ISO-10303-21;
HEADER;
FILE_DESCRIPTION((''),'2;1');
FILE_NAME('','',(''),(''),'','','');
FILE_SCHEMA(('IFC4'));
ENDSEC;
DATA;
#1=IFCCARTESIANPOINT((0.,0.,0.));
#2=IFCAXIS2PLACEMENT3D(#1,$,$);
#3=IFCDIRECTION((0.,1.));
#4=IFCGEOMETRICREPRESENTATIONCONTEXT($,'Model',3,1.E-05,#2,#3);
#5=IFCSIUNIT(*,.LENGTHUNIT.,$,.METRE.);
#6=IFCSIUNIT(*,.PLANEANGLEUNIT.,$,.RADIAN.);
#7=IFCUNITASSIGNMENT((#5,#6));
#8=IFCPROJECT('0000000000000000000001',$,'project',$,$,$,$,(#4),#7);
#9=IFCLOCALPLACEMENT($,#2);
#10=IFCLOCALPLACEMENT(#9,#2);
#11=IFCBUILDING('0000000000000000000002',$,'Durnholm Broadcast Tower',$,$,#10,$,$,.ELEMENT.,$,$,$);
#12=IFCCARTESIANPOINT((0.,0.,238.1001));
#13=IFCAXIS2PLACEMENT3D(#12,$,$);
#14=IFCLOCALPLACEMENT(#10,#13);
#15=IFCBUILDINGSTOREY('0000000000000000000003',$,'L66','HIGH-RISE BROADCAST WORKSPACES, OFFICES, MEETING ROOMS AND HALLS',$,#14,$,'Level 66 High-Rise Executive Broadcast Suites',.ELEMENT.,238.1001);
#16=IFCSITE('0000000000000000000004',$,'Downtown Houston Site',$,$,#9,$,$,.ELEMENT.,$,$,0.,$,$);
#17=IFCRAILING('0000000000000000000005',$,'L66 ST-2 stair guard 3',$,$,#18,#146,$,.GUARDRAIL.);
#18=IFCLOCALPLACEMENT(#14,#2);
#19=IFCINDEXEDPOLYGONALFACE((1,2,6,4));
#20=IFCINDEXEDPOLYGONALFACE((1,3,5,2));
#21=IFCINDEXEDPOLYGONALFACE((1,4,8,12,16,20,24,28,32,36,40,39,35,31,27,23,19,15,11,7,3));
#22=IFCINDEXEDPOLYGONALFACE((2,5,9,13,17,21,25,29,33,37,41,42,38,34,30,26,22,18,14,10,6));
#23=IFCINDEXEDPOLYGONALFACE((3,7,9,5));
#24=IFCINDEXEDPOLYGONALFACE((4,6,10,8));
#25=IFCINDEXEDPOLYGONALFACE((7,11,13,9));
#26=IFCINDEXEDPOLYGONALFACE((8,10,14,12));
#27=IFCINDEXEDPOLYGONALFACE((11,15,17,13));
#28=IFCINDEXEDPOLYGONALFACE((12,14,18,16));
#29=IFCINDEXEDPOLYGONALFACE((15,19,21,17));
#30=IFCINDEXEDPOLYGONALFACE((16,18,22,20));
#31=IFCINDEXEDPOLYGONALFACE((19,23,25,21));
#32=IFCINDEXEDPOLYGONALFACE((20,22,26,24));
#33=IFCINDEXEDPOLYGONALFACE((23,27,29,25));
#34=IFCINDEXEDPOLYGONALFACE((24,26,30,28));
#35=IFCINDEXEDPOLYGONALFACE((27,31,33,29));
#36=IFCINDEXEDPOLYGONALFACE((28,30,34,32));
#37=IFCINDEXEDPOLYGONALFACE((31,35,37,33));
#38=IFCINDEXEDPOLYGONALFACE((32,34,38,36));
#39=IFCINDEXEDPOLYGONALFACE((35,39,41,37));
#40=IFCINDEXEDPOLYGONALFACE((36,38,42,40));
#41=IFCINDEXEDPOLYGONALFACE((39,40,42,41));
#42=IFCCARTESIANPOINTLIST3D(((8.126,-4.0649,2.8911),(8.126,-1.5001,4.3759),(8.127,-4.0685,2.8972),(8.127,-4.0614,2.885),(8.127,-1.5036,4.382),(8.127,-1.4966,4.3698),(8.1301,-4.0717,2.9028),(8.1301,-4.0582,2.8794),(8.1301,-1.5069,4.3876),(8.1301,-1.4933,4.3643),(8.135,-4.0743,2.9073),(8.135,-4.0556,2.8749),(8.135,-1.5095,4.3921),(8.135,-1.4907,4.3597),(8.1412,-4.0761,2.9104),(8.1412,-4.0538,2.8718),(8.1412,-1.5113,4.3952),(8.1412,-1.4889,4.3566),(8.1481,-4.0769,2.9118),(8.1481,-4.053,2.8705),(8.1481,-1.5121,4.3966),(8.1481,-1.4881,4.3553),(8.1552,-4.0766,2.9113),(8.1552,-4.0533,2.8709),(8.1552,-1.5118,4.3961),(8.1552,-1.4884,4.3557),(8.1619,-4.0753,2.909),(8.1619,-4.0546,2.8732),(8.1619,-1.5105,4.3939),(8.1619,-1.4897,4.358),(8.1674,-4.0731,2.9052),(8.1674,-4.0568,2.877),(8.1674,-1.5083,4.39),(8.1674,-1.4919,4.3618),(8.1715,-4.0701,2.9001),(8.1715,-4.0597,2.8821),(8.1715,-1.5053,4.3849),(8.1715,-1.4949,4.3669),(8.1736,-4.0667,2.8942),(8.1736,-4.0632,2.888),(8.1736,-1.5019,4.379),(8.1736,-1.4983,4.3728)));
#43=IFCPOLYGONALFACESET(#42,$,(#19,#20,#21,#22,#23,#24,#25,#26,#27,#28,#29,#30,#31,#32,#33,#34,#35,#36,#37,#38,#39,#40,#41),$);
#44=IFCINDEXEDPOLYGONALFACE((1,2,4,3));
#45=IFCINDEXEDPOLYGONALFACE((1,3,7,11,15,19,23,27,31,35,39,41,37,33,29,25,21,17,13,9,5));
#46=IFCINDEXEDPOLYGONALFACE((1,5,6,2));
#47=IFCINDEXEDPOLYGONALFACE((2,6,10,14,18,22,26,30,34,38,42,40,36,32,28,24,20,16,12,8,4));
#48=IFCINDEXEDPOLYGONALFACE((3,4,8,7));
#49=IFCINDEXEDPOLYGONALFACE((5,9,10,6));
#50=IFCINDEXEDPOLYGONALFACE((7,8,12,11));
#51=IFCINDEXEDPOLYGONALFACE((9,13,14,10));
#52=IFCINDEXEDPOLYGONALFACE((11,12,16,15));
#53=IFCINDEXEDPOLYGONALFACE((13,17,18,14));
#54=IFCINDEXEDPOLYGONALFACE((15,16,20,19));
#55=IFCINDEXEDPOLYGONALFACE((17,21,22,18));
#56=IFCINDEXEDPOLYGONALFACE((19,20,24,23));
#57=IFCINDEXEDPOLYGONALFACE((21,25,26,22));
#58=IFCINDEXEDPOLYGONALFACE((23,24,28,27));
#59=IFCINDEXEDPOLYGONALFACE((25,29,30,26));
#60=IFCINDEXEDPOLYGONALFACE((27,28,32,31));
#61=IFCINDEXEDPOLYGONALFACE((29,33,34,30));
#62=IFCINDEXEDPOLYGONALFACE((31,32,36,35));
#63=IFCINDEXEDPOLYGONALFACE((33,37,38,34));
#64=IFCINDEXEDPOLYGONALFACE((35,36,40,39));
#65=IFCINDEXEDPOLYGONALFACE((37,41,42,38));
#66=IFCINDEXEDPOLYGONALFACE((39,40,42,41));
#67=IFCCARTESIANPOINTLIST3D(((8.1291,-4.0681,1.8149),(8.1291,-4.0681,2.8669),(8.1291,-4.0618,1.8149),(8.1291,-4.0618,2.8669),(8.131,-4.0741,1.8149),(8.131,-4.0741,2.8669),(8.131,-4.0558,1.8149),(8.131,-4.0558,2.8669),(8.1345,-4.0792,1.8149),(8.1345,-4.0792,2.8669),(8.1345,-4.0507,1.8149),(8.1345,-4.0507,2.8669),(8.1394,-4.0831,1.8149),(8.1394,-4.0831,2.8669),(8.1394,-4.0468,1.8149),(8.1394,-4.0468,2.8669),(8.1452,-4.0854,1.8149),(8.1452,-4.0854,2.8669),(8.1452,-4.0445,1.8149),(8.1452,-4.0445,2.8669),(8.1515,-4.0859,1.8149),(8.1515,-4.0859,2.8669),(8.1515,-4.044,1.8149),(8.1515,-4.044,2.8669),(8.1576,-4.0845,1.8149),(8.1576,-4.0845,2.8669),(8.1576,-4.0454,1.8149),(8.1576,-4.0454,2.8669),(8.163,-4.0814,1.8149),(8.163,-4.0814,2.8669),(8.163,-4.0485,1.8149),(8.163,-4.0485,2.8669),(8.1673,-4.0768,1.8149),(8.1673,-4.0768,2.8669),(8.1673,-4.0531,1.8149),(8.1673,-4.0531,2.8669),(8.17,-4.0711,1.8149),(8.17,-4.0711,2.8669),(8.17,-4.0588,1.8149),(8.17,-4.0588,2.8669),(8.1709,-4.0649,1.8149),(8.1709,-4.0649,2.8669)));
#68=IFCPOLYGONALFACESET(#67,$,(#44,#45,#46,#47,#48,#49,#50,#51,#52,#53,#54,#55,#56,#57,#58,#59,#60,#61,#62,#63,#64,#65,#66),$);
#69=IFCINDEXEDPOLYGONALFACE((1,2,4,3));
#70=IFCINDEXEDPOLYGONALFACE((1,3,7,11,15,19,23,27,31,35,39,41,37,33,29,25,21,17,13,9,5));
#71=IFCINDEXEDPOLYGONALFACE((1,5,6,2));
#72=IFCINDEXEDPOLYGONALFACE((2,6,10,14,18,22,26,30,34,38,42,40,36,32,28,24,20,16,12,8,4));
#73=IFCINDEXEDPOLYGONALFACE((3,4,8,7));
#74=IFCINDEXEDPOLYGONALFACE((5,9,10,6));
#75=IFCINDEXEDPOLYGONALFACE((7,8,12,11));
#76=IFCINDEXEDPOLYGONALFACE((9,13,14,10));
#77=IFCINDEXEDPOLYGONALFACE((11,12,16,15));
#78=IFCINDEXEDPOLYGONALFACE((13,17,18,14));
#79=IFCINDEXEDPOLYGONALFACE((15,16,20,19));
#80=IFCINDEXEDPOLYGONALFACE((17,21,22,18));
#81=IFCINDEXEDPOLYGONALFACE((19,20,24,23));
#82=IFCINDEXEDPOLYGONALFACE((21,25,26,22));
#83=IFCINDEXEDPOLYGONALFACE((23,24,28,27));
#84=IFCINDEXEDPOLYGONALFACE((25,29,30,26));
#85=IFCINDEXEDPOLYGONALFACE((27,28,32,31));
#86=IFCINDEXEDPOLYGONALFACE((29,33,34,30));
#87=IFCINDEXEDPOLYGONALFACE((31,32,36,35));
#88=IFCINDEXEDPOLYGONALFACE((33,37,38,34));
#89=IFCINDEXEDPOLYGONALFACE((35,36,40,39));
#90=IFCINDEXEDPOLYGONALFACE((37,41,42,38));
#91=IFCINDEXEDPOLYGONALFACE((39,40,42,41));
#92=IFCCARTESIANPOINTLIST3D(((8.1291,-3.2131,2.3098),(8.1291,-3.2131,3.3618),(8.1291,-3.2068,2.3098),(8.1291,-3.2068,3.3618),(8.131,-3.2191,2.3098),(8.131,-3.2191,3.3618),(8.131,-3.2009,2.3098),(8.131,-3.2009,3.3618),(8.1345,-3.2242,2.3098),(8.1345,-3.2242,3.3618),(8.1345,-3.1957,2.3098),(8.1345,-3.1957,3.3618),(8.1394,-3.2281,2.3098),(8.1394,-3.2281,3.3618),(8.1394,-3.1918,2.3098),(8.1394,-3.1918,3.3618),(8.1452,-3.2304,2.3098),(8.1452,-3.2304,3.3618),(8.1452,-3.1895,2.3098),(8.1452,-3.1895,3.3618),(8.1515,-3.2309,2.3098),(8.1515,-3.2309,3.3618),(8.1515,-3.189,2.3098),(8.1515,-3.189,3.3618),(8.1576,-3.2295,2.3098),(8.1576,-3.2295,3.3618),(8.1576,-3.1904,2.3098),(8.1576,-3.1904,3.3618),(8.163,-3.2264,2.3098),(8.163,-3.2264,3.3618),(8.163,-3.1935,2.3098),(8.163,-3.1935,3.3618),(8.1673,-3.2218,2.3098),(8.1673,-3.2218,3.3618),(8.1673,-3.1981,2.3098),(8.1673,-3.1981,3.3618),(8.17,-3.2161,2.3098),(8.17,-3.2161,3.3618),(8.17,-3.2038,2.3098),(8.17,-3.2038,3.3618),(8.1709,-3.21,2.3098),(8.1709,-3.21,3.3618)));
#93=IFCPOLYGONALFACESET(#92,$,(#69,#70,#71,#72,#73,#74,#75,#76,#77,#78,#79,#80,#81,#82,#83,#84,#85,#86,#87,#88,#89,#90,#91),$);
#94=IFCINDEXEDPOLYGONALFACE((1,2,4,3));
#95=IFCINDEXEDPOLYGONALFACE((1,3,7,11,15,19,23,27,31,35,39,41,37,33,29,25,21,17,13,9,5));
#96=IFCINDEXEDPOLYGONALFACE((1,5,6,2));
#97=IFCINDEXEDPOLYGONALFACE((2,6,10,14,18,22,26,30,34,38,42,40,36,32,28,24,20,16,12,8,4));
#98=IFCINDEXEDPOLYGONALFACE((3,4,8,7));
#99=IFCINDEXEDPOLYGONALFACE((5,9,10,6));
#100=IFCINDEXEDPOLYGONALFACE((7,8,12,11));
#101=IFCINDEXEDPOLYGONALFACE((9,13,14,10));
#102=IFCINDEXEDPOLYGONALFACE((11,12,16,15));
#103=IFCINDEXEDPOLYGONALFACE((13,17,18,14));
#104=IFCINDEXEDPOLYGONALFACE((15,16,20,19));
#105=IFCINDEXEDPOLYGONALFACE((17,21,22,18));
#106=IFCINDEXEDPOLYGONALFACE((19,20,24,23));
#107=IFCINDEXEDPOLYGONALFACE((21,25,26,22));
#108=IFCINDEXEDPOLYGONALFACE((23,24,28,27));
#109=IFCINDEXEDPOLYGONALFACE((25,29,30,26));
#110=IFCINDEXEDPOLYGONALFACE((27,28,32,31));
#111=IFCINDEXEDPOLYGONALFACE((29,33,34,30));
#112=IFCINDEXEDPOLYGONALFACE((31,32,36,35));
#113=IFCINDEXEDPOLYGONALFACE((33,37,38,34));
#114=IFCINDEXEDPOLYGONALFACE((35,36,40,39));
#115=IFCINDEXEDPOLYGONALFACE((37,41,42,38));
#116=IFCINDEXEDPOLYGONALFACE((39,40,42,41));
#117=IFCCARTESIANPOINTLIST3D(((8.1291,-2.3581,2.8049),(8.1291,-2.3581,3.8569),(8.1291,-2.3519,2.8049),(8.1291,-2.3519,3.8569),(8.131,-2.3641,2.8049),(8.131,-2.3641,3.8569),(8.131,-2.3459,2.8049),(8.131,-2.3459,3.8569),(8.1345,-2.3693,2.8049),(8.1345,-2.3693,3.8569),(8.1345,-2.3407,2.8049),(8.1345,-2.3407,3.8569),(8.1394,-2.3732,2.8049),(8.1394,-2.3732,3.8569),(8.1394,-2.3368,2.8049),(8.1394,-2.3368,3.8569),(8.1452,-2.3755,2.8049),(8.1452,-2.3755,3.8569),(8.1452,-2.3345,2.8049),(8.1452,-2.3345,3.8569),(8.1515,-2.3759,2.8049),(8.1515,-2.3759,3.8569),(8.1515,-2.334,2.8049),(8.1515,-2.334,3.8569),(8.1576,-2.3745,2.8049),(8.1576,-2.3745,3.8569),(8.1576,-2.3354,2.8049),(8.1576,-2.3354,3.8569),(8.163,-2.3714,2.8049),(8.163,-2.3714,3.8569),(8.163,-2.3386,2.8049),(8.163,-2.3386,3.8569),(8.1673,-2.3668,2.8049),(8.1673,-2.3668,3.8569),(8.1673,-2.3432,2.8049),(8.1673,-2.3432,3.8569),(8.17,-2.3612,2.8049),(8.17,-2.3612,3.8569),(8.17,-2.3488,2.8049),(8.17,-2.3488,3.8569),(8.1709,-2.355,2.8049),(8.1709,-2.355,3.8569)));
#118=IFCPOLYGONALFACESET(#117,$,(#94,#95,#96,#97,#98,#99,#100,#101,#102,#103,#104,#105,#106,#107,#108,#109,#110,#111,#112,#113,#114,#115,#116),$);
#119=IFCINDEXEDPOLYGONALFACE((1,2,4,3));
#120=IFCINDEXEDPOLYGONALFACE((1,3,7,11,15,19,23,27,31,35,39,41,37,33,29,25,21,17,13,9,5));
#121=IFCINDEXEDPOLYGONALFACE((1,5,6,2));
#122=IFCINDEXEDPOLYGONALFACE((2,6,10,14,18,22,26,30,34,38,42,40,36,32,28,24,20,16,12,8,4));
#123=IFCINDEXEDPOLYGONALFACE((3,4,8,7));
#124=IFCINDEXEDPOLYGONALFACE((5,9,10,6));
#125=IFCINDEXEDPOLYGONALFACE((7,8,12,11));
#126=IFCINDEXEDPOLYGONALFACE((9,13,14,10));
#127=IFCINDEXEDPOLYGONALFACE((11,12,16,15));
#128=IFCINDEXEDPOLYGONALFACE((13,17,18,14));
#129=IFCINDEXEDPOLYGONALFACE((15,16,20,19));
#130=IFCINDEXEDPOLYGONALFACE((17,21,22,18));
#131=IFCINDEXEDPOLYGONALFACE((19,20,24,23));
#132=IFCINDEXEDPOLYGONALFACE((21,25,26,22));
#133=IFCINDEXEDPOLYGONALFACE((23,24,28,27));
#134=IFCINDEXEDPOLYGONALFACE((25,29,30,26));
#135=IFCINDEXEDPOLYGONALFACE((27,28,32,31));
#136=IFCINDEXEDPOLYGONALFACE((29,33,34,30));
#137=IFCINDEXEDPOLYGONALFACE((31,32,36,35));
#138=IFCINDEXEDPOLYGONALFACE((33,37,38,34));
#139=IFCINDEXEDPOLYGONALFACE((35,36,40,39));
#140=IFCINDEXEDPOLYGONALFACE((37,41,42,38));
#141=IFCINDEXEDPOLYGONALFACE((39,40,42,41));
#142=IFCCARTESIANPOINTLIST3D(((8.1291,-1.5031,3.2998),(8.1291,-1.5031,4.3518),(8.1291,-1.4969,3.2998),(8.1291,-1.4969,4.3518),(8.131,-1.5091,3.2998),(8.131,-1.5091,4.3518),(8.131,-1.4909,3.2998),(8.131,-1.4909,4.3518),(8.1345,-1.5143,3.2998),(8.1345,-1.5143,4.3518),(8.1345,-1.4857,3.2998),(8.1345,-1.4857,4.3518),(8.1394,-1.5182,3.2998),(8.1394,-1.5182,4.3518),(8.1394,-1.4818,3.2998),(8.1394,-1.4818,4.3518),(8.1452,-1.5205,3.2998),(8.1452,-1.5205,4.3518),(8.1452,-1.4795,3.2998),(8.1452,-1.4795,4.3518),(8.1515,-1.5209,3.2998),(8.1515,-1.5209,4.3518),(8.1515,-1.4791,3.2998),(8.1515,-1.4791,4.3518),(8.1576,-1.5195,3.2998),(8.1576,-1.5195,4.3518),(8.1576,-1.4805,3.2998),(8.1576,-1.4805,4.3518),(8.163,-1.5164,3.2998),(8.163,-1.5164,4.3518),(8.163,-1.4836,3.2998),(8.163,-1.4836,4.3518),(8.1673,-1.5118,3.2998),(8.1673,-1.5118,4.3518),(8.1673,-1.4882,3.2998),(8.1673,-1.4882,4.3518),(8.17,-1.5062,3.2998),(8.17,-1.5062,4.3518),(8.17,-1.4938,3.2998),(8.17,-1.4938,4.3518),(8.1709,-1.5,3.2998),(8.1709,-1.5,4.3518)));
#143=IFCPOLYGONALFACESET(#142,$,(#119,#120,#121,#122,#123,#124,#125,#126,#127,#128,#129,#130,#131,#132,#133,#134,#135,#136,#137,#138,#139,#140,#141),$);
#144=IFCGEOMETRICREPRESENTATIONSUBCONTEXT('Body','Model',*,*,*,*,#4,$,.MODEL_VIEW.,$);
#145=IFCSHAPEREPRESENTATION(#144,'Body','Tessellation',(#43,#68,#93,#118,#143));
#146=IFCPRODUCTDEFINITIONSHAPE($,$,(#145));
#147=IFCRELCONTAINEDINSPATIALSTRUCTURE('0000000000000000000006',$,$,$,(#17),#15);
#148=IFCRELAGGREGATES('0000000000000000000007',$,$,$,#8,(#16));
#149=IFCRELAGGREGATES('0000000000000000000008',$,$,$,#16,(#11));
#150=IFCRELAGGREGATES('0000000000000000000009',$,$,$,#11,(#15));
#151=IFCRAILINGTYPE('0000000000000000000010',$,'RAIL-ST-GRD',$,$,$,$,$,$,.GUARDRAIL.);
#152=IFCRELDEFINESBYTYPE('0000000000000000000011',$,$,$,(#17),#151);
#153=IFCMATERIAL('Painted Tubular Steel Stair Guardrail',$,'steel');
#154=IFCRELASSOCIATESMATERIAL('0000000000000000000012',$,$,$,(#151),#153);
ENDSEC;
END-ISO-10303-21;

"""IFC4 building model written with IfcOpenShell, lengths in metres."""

from ifc_helpers import new_model, si_unit, direction, frame, origin, origin_2d, place, context, subcontext, project, spatial, circle, extrude, material, type_object, element, save


model = new_model("IFC4")

# Units and contexts
model_context = context("Model", 3, precision=1e-05, world=origin(), true_north=direction((0.0, 1.0)))
body_context = subcontext(model_context, "Body", "Model", "MODEL_VIEW")
ifc_project = project(units=[si_unit("LENGTHUNIT", "METRE"), si_unit("PLANEANGLEUNIT", "RADIAN")], contexts=[model_context])

# Site, building, storey
site_placement = place(None, origin())
site = spatial("IfcSite", under=ifc_project, at=site_placement, Name="Downtown Houston Site", CompositionType="ELEMENT", RefElevation=0.0)
building_placement = place(site_placement, origin())
building = spatial("IfcBuilding", under=site, at=building_placement, Name="Durnholm Broadcast Tower", CompositionType="ELEMENT")
storey_placement = place(building_placement, frame((0.0, 0.0, 238.1001)))
storey = spatial("IfcBuildingStorey", under=building, at=storey_placement, Name="L66", Description="HIGH-RISE BROADCAST WORKSPACES, OFFICES, MEETING ROOMS AND HALLS", LongName="Level 66 High-Rise Executive Broadcast Suites", CompositionType="ELEMENT", Elevation=238.1001)

# Railing
ifc_material_1 = material(Name="Painted Tubular Steel Stair Guardrail", Category="steel")
railing_type_1 = type_object("IfcRailingType", Name="RAIL-ST-GRD", PredefinedType="GUARDRAIL", material=ifc_material_1)
railing_1_placement = place(storey_placement, frame((8.1499, -4.0649, 1.8149)))
element("IfcRailing", 1, at=railing_1_placement, inside=storey, type_object=railing_type_1, Name="L66 ST-2 stair guard 3", PredefinedType="GUARDRAIL", context=body_context, shape_type="SweptSolid", body=[
    extrude(circle(Radius=0.0239, at=origin_2d()), frame((0.0, 0.0, 1.0762), z_axis=(0.0, 0.865441, 0.50101), x_axis=(-1.0, 0.0, 0.0)), (0.0, 0.0, 1.0), 2.9636),
    extrude(circle(Radius=0.021, at=origin_2d()), origin(), (0.0, 0.0, 1.0), 1.052),
    extrude(circle(Radius=0.021, at=origin_2d()), frame((0.0, 0.855, 0.4949)), (0.0, 0.0, 1.0), 1.052),
    extrude(circle(Radius=0.021, at=origin_2d()), frame((0.0, 1.71, 0.99)), (0.0, 0.0, 1.0), 1.052),
    extrude(circle(Radius=0.021, at=origin_2d()), frame((0.0, 2.5649, 1.4849)), (0.0, 0.0, 1.0), 1.052),
])

save(model, "model.ifc")
